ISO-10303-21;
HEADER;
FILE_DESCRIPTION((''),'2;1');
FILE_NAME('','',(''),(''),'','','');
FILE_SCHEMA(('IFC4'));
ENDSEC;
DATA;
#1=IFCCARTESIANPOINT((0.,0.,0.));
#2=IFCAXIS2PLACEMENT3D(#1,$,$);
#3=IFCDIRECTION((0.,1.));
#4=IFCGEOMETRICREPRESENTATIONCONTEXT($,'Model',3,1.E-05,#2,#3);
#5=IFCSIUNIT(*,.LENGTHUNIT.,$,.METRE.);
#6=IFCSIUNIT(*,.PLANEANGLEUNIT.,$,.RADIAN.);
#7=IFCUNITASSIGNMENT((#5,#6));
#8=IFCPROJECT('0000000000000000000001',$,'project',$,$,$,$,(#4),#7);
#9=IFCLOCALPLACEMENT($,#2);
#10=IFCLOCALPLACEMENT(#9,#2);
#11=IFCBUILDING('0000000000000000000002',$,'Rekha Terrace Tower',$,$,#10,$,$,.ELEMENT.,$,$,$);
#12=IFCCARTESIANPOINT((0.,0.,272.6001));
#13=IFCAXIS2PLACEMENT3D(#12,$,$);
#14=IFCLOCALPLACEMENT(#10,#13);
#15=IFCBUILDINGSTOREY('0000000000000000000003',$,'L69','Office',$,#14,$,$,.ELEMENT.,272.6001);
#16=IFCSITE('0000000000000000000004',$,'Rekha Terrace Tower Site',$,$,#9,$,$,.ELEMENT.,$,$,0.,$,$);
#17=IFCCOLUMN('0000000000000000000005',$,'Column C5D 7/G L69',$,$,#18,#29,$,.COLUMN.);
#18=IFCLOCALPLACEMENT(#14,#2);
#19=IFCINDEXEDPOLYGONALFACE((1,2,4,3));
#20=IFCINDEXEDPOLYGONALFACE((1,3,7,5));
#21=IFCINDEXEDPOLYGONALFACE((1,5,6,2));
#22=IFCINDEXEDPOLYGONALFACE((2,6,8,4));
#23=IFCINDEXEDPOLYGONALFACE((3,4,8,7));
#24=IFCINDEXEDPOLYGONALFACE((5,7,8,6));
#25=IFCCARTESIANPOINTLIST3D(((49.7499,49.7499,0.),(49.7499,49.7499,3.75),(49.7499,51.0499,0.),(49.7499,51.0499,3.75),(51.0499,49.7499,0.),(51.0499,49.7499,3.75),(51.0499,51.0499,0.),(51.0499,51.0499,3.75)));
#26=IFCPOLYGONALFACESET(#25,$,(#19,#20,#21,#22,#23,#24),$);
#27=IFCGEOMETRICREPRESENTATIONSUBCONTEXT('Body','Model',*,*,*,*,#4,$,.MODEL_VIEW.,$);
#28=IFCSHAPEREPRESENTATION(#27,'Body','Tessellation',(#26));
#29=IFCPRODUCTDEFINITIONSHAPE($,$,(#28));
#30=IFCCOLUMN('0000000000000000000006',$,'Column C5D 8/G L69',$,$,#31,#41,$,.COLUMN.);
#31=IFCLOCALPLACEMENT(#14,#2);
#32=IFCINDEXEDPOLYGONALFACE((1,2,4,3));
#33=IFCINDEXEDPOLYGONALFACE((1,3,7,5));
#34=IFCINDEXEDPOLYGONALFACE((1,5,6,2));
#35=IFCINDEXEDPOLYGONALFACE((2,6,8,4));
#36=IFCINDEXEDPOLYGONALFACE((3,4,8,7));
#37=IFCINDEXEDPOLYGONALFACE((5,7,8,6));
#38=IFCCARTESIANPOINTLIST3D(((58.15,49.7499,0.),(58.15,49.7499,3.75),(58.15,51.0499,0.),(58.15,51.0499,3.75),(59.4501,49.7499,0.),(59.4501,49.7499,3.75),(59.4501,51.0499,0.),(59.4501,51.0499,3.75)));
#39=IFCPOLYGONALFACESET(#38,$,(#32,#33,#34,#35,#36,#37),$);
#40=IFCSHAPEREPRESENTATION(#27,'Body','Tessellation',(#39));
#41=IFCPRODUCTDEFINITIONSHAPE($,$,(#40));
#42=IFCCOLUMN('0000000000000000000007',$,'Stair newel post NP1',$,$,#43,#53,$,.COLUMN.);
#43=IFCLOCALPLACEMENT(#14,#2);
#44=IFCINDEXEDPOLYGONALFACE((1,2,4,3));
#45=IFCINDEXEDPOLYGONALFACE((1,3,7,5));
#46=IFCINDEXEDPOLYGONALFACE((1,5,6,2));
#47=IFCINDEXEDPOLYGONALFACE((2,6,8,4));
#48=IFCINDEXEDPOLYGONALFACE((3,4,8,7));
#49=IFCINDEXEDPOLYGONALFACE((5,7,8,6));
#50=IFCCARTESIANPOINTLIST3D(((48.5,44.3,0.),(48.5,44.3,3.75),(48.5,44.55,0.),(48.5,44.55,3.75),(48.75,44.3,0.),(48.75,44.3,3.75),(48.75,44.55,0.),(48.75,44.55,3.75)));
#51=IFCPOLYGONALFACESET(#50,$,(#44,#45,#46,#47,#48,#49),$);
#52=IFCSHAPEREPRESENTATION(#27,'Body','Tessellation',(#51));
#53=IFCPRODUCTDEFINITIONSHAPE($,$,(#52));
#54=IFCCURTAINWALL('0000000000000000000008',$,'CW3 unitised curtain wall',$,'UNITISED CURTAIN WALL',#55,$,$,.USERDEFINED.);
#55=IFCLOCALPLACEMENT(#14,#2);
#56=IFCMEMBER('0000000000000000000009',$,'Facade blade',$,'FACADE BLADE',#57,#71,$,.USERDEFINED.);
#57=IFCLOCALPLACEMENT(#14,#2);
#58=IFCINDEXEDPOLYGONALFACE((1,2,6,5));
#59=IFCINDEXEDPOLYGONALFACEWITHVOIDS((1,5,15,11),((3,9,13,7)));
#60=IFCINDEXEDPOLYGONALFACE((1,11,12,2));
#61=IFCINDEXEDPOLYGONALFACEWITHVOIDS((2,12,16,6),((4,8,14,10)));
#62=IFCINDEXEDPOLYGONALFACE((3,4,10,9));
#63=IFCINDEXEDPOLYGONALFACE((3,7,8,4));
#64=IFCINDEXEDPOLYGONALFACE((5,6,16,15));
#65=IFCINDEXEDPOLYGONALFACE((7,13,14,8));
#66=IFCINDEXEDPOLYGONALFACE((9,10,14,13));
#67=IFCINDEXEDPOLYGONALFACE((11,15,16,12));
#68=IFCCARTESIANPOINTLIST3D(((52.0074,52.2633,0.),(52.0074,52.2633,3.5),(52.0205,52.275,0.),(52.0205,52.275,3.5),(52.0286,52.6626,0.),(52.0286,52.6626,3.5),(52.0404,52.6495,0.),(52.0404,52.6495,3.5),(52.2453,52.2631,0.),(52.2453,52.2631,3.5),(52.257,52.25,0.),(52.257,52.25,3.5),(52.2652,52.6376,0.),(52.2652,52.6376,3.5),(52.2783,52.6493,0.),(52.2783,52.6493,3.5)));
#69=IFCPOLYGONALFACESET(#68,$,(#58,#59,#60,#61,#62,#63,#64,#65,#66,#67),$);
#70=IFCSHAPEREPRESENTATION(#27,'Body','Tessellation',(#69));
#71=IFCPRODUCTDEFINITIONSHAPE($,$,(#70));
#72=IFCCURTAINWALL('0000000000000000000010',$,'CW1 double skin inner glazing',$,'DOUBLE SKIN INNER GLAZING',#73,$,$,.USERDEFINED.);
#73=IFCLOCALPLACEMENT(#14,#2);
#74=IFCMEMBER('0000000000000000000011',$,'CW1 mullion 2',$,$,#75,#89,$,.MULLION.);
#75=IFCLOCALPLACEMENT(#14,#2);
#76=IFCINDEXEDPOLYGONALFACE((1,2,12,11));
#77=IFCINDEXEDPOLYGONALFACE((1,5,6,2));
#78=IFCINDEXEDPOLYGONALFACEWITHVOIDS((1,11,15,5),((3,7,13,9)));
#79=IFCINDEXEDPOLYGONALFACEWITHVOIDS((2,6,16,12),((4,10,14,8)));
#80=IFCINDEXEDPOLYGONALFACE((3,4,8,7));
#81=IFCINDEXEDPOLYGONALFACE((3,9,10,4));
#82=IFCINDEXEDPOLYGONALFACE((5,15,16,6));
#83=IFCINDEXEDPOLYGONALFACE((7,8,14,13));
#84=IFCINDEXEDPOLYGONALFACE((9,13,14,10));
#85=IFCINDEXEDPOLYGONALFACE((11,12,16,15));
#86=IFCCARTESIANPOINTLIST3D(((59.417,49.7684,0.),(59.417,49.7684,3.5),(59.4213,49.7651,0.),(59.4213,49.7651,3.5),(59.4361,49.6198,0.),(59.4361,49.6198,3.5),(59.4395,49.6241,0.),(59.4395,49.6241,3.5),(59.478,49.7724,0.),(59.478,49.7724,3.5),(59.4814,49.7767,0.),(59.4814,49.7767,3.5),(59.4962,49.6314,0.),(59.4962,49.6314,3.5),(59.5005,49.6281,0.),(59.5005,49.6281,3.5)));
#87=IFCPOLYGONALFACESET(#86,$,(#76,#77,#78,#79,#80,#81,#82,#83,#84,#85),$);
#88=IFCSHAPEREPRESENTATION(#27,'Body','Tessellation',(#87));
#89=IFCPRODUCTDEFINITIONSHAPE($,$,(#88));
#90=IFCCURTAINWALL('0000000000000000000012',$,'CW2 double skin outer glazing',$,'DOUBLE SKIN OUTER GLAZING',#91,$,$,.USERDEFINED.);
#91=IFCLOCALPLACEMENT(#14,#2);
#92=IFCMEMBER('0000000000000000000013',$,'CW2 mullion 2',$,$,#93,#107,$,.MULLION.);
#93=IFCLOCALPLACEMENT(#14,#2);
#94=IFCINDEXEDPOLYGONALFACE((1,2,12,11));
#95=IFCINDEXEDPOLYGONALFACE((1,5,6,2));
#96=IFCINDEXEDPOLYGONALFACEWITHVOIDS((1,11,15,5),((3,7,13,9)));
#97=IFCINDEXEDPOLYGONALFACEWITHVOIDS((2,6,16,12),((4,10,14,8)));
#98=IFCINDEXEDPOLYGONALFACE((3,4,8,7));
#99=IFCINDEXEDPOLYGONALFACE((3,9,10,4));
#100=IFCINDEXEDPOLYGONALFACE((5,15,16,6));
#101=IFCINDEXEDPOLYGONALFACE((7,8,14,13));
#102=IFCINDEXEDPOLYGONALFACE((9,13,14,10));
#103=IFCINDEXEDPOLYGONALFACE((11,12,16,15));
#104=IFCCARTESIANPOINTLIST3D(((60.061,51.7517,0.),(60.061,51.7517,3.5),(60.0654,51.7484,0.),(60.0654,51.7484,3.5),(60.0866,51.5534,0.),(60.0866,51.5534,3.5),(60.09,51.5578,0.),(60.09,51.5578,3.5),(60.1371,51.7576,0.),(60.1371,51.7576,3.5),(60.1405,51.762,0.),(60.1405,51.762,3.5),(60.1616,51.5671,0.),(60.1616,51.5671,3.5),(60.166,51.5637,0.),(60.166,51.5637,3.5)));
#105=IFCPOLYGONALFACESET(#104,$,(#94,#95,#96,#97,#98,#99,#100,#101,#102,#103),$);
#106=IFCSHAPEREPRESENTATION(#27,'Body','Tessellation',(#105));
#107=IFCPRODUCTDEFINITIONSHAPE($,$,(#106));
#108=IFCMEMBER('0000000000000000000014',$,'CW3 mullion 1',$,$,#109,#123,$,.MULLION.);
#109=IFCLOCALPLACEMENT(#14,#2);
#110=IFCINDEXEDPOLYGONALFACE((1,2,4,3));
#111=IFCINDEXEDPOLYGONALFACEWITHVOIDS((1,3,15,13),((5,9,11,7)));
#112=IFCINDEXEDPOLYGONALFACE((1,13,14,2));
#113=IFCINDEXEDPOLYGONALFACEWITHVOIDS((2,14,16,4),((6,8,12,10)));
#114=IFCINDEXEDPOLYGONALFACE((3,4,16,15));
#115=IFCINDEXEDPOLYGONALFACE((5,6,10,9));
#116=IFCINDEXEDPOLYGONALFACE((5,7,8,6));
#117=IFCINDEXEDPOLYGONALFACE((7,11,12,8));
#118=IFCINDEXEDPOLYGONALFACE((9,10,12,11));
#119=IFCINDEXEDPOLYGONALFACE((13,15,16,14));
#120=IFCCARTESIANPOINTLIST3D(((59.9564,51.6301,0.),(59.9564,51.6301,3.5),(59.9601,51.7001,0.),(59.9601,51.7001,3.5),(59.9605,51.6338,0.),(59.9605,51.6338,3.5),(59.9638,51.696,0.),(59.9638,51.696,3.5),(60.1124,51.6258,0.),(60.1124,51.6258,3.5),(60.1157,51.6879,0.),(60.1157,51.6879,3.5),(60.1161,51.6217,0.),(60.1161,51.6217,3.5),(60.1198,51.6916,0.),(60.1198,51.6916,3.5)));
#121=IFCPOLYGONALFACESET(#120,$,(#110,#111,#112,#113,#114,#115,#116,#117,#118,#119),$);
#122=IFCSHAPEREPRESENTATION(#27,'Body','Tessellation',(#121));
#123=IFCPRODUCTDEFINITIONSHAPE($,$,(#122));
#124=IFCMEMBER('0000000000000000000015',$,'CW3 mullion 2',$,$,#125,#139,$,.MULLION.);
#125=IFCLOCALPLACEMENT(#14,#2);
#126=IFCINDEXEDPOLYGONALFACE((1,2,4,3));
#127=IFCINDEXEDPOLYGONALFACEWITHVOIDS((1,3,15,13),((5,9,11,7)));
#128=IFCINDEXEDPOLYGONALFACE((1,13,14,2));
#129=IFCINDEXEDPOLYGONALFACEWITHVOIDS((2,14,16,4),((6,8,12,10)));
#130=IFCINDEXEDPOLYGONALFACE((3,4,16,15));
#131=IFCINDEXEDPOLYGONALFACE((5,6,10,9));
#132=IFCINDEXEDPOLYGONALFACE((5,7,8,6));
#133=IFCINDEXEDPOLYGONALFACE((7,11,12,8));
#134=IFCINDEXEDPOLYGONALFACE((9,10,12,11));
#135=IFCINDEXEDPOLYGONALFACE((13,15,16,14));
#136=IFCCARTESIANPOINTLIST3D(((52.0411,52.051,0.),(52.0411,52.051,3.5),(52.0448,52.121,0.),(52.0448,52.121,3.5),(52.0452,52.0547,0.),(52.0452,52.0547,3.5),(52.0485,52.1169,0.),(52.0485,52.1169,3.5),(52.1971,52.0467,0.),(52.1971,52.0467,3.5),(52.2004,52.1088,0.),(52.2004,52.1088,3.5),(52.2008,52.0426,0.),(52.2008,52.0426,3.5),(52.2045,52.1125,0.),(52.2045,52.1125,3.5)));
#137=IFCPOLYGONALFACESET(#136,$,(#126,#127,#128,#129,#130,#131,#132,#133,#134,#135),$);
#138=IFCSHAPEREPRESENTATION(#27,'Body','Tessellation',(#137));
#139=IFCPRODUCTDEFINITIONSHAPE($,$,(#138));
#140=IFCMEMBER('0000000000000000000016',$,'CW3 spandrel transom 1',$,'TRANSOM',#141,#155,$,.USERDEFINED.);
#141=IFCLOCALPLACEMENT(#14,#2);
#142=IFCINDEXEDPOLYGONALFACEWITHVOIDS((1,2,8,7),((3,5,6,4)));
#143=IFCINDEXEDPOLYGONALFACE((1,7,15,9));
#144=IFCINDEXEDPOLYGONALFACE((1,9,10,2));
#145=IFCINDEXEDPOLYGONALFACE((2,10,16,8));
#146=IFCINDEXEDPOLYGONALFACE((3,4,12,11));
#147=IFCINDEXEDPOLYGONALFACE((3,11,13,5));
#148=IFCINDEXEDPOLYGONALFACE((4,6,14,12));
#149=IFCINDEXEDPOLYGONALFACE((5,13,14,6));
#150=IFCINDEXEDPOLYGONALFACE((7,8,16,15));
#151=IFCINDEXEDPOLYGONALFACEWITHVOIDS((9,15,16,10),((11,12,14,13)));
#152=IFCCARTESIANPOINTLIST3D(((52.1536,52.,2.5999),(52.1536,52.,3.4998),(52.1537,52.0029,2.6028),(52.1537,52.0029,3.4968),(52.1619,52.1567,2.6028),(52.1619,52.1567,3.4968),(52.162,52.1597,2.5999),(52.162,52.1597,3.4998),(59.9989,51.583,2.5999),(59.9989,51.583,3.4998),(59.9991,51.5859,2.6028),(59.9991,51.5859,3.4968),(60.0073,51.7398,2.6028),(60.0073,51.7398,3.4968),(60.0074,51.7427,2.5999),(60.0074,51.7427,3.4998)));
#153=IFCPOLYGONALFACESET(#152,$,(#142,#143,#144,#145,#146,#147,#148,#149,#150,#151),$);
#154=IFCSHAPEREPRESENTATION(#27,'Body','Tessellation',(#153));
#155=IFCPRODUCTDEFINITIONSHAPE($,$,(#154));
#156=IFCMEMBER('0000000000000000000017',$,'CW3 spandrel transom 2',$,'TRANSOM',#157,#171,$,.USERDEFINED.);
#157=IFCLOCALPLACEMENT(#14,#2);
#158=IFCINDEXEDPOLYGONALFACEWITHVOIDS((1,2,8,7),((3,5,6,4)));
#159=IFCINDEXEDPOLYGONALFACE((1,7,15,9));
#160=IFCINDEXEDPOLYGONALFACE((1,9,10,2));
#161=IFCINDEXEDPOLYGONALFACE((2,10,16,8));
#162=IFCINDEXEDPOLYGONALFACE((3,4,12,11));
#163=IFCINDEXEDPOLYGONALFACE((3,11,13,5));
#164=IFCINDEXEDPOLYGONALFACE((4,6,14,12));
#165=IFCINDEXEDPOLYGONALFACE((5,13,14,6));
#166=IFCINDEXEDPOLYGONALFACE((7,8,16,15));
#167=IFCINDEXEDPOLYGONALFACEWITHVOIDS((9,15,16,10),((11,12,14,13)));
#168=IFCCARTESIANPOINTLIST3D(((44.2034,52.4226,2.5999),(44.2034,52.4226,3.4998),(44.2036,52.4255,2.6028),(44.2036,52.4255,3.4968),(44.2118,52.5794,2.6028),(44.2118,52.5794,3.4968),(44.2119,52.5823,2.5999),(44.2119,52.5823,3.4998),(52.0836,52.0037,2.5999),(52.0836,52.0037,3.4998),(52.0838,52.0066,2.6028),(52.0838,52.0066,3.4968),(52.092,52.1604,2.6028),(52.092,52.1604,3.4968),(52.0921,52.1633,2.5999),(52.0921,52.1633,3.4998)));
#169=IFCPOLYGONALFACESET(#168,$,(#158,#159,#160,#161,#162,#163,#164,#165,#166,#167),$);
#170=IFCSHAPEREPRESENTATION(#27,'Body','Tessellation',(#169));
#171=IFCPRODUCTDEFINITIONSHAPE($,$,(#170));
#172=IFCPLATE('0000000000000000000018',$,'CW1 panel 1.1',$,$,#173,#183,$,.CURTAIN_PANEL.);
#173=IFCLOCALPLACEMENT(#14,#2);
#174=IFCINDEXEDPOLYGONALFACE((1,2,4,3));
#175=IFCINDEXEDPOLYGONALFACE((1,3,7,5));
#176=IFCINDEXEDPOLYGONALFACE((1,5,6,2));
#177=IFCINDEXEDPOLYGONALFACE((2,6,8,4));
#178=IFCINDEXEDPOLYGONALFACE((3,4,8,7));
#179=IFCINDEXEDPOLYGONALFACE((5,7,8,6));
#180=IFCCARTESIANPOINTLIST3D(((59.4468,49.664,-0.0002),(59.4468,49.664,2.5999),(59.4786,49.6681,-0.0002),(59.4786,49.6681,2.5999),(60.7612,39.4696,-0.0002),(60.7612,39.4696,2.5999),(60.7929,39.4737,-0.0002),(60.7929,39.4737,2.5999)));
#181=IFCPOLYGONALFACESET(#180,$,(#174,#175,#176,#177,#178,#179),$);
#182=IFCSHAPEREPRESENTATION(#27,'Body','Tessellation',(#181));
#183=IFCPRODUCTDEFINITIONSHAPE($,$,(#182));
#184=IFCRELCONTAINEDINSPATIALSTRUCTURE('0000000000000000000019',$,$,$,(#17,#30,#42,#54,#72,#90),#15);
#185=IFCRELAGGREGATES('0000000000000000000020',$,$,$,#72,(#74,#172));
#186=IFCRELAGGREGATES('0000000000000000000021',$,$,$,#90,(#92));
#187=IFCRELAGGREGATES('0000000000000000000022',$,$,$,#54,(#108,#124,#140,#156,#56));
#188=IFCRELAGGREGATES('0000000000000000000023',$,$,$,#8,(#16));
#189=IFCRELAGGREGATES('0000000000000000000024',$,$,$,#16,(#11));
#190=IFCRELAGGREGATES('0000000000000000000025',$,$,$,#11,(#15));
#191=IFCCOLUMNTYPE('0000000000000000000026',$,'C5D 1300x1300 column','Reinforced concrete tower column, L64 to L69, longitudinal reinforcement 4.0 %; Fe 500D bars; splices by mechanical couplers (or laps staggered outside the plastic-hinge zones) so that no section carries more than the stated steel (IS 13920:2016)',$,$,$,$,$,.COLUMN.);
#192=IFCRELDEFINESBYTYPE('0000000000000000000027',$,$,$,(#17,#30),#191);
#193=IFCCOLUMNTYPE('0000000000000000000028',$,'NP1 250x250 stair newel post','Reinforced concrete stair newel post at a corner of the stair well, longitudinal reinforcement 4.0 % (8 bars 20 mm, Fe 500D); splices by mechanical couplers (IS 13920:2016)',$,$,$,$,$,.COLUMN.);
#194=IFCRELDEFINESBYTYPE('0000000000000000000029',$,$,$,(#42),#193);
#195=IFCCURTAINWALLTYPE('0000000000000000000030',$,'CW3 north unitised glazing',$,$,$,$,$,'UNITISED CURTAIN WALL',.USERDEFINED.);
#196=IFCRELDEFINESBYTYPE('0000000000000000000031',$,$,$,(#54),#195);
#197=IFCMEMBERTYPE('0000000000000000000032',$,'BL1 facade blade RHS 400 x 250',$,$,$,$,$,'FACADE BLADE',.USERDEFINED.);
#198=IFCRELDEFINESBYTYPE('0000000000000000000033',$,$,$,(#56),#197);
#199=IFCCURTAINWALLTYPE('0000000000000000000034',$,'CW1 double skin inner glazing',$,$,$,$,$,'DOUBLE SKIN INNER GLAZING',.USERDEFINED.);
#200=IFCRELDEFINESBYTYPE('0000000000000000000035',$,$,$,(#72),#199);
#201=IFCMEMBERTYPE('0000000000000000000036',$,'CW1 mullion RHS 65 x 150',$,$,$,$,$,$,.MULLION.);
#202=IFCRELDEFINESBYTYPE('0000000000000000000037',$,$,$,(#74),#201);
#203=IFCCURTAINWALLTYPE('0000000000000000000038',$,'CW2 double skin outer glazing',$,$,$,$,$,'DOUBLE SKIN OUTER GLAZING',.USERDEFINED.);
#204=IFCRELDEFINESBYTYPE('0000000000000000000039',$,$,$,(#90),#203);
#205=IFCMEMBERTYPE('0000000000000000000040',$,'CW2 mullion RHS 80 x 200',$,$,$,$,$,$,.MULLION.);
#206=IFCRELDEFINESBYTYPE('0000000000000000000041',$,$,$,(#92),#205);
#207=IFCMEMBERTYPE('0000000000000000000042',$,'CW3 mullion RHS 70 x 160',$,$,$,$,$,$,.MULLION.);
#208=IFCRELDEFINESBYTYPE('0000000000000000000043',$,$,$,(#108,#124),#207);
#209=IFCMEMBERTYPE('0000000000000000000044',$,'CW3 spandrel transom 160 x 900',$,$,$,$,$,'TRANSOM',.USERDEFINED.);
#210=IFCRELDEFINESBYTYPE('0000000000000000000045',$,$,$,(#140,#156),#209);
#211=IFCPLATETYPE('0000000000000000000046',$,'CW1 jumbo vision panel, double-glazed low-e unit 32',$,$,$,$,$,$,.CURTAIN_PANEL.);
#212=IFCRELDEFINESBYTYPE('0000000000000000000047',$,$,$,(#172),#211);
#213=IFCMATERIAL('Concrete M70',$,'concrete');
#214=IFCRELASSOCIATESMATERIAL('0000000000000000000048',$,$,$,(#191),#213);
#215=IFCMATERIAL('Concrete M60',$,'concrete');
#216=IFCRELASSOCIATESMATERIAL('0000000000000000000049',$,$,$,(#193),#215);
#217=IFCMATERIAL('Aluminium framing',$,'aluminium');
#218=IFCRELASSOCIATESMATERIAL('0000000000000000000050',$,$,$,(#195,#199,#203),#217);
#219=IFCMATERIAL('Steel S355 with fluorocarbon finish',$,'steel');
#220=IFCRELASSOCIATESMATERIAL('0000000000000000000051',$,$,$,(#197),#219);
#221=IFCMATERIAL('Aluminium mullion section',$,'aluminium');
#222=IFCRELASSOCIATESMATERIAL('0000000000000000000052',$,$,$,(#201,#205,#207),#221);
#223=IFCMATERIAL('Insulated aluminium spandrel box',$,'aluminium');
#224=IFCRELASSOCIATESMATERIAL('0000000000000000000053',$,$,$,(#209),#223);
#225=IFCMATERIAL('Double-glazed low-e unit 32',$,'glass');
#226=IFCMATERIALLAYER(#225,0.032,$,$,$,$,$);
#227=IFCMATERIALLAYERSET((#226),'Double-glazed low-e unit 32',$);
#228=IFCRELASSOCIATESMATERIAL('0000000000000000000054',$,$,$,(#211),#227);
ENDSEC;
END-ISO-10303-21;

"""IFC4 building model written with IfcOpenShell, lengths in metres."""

from ifc_helpers import new_model, si_unit, direction, frame, origin, origin_2d, place, context, subcontext, project, spatial, rectangle, hollow_rectangle, extrude, material, layer, layer_set, material_profile, profile_set, type_object, element, aggregate, save


model = new_model("IFC4")

# Units and contexts
model_context = context("Model", 3, precision=1e-05, world=origin(), true_north=direction((0.0, 1.0)))
body_context = subcontext(model_context, "Body", "Model", "MODEL_VIEW")
ifc_project = project(units=[si_unit("LENGTHUNIT", "METRE"), si_unit("PLANEANGLEUNIT", "RADIAN")], contexts=[model_context])

# Site, building, storey
site_placement = place(None, origin())
site = spatial("IfcSite", under=ifc_project, at=site_placement, Name="Rekha Terrace Tower Site", CompositionType="ELEMENT", RefElevation=0.0)
building_placement = place(site_placement, origin())
building = spatial("IfcBuilding", under=site, at=building_placement, Name="Rekha Terrace Tower", CompositionType="ELEMENT")
storey_placement = place(building_placement, frame((0.0, 0.0, 272.6001)))
storey = spatial("IfcBuildingStorey", under=building, at=storey_placement, Name="L69", Description="Office", CompositionType="ELEMENT", Elevation=272.6001)

# Columns
ifc_material_1 = material(Name="Concrete M70", Category="concrete")
ifc_material_profile_1 = material_profile(ifc_material_1, rectangle(XDim=1.3, YDim=1.3, at=origin_2d()), Name="RC 1300x1300")
ifc_profile_set_1 = profile_set([ifc_material_profile_1], Name="Concrete M70")
column_type_1 = type_object("IfcColumnType", Name="C5D 1300x1300 column", Description="Reinforced concrete tower column, L64 to L69, longitudinal reinforcement 4.0 %; Fe 500D bars; splices by mechanical couplers (or laps staggered outside the plastic-hinge zones) so that no section carries more than the stated steel (IS 13920:2016)", PredefinedType="COLUMN", material=ifc_profile_set_1)
for number, where, z_axis, x_axis, name in (
    (1, (50.3999, 50.3999, 0.0), (0.0, 0.0, 1.0), (1.0, 0.0, 0.0), "Column C5D 7/G L69"),
    (2, (58.8, 50.3999, 0.0), (0.0, 0.0, 1.0), (1.0, 0.0, 0.0), "Column C5D 8/G L69"),
):
    element("IfcColumn", number, at=place(storey_placement, frame(where, z_axis=z_axis, x_axis=x_axis)), inside=storey, type_object=column_type_1, Name=name, PredefinedType="COLUMN", context=body_context, shape_type="SweptSolid", body=[
        extrude(rectangle(XDim=1.3, YDim=1.3, at=origin_2d()), origin(), (0.0, 0.0, 1.0), 3.75),
    ])
ifc_material_2 = material(Name="Concrete M60", Category="concrete")
ifc_material_profile_2 = material_profile(ifc_material_2, rectangle(XDim=0.25, YDim=0.25, at=origin_2d()), Name="RC 250x250")
ifc_profile_set_2 = profile_set([ifc_material_profile_2], Name="Concrete M60")
column_type_2 = type_object("IfcColumnType", Name="NP1 250x250 stair newel post", Description="Reinforced concrete stair newel post at a corner of the stair well, longitudinal reinforcement 4.0 % (8 bars 20 mm, Fe 500D); splices by mechanical couplers (IS 13920:2016)", PredefinedType="COLUMN", material=ifc_profile_set_2)
column_placement = place(storey_placement, frame((48.625, 44.425, 0.0), z_axis=(0.0, 0.0, 1.0), x_axis=(1.0, 0.0, 0.0)))
element("IfcColumn", 3, at=column_placement, inside=storey, type_object=column_type_2, Name="Stair newel post NP1", PredefinedType="COLUMN", context=body_context, shape_type="SweptSolid", body=[
    extrude(rectangle(XDim=0.25, YDim=0.25, at=origin_2d()), origin(), (0.0, 0.0, 1.0), 3.75),
])

# Curtain walls, members
ifc_material_3 = material(Name="Aluminium framing", Category="aluminium")
curtain_wall_type_1 = type_object("IfcCurtainWallType", Name="CW3 north unitised glazing", ElementType="UNITISED CURTAIN WALL", PredefinedType="USERDEFINED", material=ifc_material_3)
curtain_wall_1_placement = place(storey_placement, origin())
curtain_wall_1 = element("IfcCurtainWall", 4, at=curtain_wall_1_placement, inside=storey, type_object=curtain_wall_type_1, Name="CW3 unitised curtain wall", ObjectType="UNITISED CURTAIN WALL", PredefinedType="USERDEFINED")
ifc_material_4 = material(Name="Steel S355 with fluorocarbon finish", Category="steel")
ifc_material_profile_3 = material_profile(ifc_material_4, hollow_rectangle(XDim=0.25, YDim=0.3999, WallThickness=0.0125, at=origin_2d()), Name="RHS400x250x12.5")
ifc_profile_set_3 = profile_set([ifc_material_profile_3], Name="Steel S355 with fluorocarbon finish")
member_type_1 = type_object("IfcMemberType", Name="BL1 facade blade RHS 400 x 250", ElementType="FACADE BLADE", PredefinedType="USERDEFINED", material=ifc_profile_set_3)
member_1_placement = place(storey_placement, frame((52.1428, 52.4563, 0.0), z_axis=(0.0, 0.0, 1.0), x_axis=(-0.99859, 0.053084, 0.0)))
member_1 = element("IfcMember", 5, at=member_1_placement, type_object=member_type_1, Name="Facade blade", ObjectType="FACADE BLADE", PredefinedType="USERDEFINED", context=body_context, shape_type="SweptSolid", body=[
    extrude(hollow_rectangle(XDim=0.25, YDim=0.3999, WallThickness=0.0125, at=origin_2d()), origin(), (0.0, 0.0, 1.0), 3.5),
])
curtain_wall_type_2 = type_object("IfcCurtainWallType", Name="CW1 double skin inner glazing", ElementType="DOUBLE SKIN INNER GLAZING", PredefinedType="USERDEFINED", material=ifc_material_3)
curtain_wall_2_placement = place(storey_placement, origin())
curtain_wall_2 = element("IfcCurtainWall", 6, at=curtain_wall_2_placement, inside=storey, type_object=curtain_wall_type_2, Name="CW1 double skin inner glazing", ObjectType="DOUBLE SKIN INNER GLAZING", PredefinedType="USERDEFINED")
ifc_material_5 = material(Name="Aluminium mullion section", Category="aluminium")
ifc_material_profile_4 = material_profile(ifc_material_5, hollow_rectangle(XDim=0.0649, YDim=0.1499, WallThickness=0.0039, at=origin_2d()), Name="AL RHS 65x150")
ifc_profile_set_4 = profile_set([ifc_material_profile_4], Name="Aluminium mullion section")
member_type_2 = type_object("IfcMemberType", Name="CW1 mullion RHS 65 x 150", PredefinedType="MULLION", material=ifc_profile_set_4)
member_2_placement = place(storey_placement, frame((59.4587, 49.6982, 0.0), z_axis=(0.0, 0.0, 1.0), x_axis=(-0.991791, -0.12787, 0.0)))
member_2 = element("IfcMember", 7, at=member_2_placement, type_object=member_type_2, Name="CW1 mullion 2", PredefinedType="MULLION", context=body_context, shape_type="SweptSolid", body=[
    extrude(hollow_rectangle(XDim=0.0649, YDim=0.1499, WallThickness=0.0039, at=origin_2d()), origin(), (0.0, 0.0, 1.0), 3.5),
])
curtain_wall_type_3 = type_object("IfcCurtainWallType", Name="CW2 double skin outer glazing", ElementType="DOUBLE SKIN OUTER GLAZING", PredefinedType="USERDEFINED", material=ifc_material_3)
curtain_wall_3_placement = place(storey_placement, origin())
curtain_wall_3 = element("IfcCurtainWall", 8, at=curtain_wall_3_placement, inside=storey, type_object=curtain_wall_type_3, Name="CW2 double skin outer glazing", ObjectType="DOUBLE SKIN OUTER GLAZING", PredefinedType="USERDEFINED")
ifc_material_profile_5 = material_profile(ifc_material_5, hollow_rectangle(XDim=0.0801, YDim=0.2, WallThickness=0.0039, at=origin_2d()), Name="AL RHS 80x200")
ifc_profile_set_5 = profile_set([ifc_material_profile_5], Name="Aluminium mullion section")
member_type_3 = type_object("IfcMemberType", Name="CW2 mullion RHS 80 x 200", PredefinedType="MULLION", material=ifc_profile_set_5)
member_3_placement = place(storey_placement, frame((60.1135, 51.6577, 0.0), z_axis=(0.0, 0.0, 1.0), x_axis=(-0.991791, -0.12787, 0.0)))
member_3 = element("IfcMember", 9, at=member_3_placement, type_object=member_type_3, Name="CW2 mullion 2", PredefinedType="MULLION", context=body_context, shape_type="SweptSolid", body=[
    extrude(hollow_rectangle(XDim=0.0801, YDim=0.2, WallThickness=0.0039, at=origin_2d()), origin(), (0.0, 0.0, 1.0), 3.5),
])

# Members
ifc_material_profile_6 = material_profile(ifc_material_5, hollow_rectangle(XDim=0.0701, YDim=0.1599, WallThickness=0.0039, at=origin_2d()), Name="AL RHS 70x160")
ifc_profile_set_6 = profile_set([ifc_material_profile_6], Name="Aluminium mullion section")
member_type_4 = type_object("IfcMemberType", Name="CW3 mullion RHS 70 x 160", PredefinedType="MULLION", material=ifc_profile_set_6)
member_4_placement = place(storey_placement, frame((60.0381, 51.6609, 0.0), z_axis=(0.0, 0.0, 1.0), x_axis=(-0.053083, -0.99859, 0.0)))
member_4 = element("IfcMember", 10, at=member_4_placement, type_object=member_type_4, Name="CW3 mullion 1", PredefinedType="MULLION", context=body_context, shape_type="SweptSolid", body=[
    extrude(hollow_rectangle(XDim=0.0701, YDim=0.1599, WallThickness=0.0039, at=origin_2d()), origin(), (0.0, 0.0, 1.0), 3.5),
])
member_5_placement = place(storey_placement, frame((52.1228, 52.0818, 0.0), z_axis=(0.0, 0.0, 1.0), x_axis=(-0.053083, -0.99859, 0.0)))
member_5 = element("IfcMember", 11, at=member_5_placement, type_object=member_type_4, Name="CW3 mullion 2", PredefinedType="MULLION", context=body_context, shape_type="SweptSolid", body=[
    extrude(hollow_rectangle(XDim=0.0701, YDim=0.1599, WallThickness=0.0039, at=origin_2d()), origin(), (0.0, 0.0, 1.0), 3.5),
])
ifc_material_6 = material(Name="Insulated aluminium spandrel box", Category="aluminium")
ifc_material_profile_7 = material_profile(ifc_material_6, hollow_rectangle(XDim=0.1599, YDim=0.8999, WallThickness=0.0029, at=origin_2d()), Name="AL SPANDREL BOX 160x900")
ifc_profile_set_7 = profile_set([ifc_material_profile_7], Name="Insulated aluminium spandrel box")
member_type_5 = type_object("IfcMemberType", Name="CW3 spandrel transom 160 x 900", ElementType="TRANSOM", PredefinedType="USERDEFINED", material=ifc_profile_set_7)
member_6_placement = place(storey_placement, frame((60.0032, 51.6628, 3.0498), z_axis=(-0.99859, 0.053076, 0.0), x_axis=(-0.053076, -0.99859, 0.0)))
member_6 = element("IfcMember", 12, at=member_6_placement, type_object=member_type_5, Name="CW3 spandrel transom 1", ObjectType="TRANSOM", PredefinedType="USERDEFINED", context=body_context, shape_type="SweptSolid", body=[
    extrude(hollow_rectangle(XDim=0.1599, YDim=0.8999, WallThickness=0.0029, at=origin_2d()), origin(), (0.0, 0.0, 1.0), 7.8564),
])
member_7_placement = place(storey_placement, frame((52.0879, 52.0835, 3.0498), z_axis=(-0.99859, 0.05309, 0.0), x_axis=(-0.05309, -0.99859, 0.0)))
member_7 = element("IfcMember", 13, at=member_7_placement, type_object=member_type_5, Name="CW3 spandrel transom 2", ObjectType="TRANSOM", PredefinedType="USERDEFINED", context=body_context, shape_type="SweptSolid", body=[
    extrude(hollow_rectangle(XDim=0.1599, YDim=0.8999, WallThickness=0.0029, at=origin_2d()), origin(), (0.0, 0.0, 1.0), 7.8914),
])

# Plate
ifc_material_7 = material(Name="Double-glazed low-e unit 32", Category="glass")
ifc_layer_1 = layer(ifc_material_7, 0.032)
ifc_layer_set_1 = layer_set([ifc_layer_1], Name="Double-glazed low-e unit 32")
plate_type_1 = type_object("IfcPlateType", Name="CW1 jumbo vision panel, double-glazed low-e unit 32", PredefinedType="CURTAIN_PANEL", material=ifc_layer_set_1)
plate_1_placement = place(storey_placement, frame((60.1199, 44.5688, -0.0002), z_axis=(0.0, 0.0, 1.0), x_axis=(-0.12787, 0.991791, 0.0)))
plate_1 = element("IfcPlate", 14, at=plate_1_placement, type_object=plate_type_1, Name="CW1 panel 1.1", PredefinedType="CURTAIN_PANEL", context=body_context, shape_type="SweptSolid", body=[
    extrude(rectangle(XDim=10.2788, YDim=0.032, at=origin_2d()), origin(), (0.0, 0.0, 1.0), 2.6001),
])
aggregate(curtain_wall_2, [member_2, plate_1])
aggregate(curtain_wall_3, [member_3])
aggregate(curtain_wall_1, [member_4, member_5, member_6, member_7, member_1])

save(model, "model.ifc")
